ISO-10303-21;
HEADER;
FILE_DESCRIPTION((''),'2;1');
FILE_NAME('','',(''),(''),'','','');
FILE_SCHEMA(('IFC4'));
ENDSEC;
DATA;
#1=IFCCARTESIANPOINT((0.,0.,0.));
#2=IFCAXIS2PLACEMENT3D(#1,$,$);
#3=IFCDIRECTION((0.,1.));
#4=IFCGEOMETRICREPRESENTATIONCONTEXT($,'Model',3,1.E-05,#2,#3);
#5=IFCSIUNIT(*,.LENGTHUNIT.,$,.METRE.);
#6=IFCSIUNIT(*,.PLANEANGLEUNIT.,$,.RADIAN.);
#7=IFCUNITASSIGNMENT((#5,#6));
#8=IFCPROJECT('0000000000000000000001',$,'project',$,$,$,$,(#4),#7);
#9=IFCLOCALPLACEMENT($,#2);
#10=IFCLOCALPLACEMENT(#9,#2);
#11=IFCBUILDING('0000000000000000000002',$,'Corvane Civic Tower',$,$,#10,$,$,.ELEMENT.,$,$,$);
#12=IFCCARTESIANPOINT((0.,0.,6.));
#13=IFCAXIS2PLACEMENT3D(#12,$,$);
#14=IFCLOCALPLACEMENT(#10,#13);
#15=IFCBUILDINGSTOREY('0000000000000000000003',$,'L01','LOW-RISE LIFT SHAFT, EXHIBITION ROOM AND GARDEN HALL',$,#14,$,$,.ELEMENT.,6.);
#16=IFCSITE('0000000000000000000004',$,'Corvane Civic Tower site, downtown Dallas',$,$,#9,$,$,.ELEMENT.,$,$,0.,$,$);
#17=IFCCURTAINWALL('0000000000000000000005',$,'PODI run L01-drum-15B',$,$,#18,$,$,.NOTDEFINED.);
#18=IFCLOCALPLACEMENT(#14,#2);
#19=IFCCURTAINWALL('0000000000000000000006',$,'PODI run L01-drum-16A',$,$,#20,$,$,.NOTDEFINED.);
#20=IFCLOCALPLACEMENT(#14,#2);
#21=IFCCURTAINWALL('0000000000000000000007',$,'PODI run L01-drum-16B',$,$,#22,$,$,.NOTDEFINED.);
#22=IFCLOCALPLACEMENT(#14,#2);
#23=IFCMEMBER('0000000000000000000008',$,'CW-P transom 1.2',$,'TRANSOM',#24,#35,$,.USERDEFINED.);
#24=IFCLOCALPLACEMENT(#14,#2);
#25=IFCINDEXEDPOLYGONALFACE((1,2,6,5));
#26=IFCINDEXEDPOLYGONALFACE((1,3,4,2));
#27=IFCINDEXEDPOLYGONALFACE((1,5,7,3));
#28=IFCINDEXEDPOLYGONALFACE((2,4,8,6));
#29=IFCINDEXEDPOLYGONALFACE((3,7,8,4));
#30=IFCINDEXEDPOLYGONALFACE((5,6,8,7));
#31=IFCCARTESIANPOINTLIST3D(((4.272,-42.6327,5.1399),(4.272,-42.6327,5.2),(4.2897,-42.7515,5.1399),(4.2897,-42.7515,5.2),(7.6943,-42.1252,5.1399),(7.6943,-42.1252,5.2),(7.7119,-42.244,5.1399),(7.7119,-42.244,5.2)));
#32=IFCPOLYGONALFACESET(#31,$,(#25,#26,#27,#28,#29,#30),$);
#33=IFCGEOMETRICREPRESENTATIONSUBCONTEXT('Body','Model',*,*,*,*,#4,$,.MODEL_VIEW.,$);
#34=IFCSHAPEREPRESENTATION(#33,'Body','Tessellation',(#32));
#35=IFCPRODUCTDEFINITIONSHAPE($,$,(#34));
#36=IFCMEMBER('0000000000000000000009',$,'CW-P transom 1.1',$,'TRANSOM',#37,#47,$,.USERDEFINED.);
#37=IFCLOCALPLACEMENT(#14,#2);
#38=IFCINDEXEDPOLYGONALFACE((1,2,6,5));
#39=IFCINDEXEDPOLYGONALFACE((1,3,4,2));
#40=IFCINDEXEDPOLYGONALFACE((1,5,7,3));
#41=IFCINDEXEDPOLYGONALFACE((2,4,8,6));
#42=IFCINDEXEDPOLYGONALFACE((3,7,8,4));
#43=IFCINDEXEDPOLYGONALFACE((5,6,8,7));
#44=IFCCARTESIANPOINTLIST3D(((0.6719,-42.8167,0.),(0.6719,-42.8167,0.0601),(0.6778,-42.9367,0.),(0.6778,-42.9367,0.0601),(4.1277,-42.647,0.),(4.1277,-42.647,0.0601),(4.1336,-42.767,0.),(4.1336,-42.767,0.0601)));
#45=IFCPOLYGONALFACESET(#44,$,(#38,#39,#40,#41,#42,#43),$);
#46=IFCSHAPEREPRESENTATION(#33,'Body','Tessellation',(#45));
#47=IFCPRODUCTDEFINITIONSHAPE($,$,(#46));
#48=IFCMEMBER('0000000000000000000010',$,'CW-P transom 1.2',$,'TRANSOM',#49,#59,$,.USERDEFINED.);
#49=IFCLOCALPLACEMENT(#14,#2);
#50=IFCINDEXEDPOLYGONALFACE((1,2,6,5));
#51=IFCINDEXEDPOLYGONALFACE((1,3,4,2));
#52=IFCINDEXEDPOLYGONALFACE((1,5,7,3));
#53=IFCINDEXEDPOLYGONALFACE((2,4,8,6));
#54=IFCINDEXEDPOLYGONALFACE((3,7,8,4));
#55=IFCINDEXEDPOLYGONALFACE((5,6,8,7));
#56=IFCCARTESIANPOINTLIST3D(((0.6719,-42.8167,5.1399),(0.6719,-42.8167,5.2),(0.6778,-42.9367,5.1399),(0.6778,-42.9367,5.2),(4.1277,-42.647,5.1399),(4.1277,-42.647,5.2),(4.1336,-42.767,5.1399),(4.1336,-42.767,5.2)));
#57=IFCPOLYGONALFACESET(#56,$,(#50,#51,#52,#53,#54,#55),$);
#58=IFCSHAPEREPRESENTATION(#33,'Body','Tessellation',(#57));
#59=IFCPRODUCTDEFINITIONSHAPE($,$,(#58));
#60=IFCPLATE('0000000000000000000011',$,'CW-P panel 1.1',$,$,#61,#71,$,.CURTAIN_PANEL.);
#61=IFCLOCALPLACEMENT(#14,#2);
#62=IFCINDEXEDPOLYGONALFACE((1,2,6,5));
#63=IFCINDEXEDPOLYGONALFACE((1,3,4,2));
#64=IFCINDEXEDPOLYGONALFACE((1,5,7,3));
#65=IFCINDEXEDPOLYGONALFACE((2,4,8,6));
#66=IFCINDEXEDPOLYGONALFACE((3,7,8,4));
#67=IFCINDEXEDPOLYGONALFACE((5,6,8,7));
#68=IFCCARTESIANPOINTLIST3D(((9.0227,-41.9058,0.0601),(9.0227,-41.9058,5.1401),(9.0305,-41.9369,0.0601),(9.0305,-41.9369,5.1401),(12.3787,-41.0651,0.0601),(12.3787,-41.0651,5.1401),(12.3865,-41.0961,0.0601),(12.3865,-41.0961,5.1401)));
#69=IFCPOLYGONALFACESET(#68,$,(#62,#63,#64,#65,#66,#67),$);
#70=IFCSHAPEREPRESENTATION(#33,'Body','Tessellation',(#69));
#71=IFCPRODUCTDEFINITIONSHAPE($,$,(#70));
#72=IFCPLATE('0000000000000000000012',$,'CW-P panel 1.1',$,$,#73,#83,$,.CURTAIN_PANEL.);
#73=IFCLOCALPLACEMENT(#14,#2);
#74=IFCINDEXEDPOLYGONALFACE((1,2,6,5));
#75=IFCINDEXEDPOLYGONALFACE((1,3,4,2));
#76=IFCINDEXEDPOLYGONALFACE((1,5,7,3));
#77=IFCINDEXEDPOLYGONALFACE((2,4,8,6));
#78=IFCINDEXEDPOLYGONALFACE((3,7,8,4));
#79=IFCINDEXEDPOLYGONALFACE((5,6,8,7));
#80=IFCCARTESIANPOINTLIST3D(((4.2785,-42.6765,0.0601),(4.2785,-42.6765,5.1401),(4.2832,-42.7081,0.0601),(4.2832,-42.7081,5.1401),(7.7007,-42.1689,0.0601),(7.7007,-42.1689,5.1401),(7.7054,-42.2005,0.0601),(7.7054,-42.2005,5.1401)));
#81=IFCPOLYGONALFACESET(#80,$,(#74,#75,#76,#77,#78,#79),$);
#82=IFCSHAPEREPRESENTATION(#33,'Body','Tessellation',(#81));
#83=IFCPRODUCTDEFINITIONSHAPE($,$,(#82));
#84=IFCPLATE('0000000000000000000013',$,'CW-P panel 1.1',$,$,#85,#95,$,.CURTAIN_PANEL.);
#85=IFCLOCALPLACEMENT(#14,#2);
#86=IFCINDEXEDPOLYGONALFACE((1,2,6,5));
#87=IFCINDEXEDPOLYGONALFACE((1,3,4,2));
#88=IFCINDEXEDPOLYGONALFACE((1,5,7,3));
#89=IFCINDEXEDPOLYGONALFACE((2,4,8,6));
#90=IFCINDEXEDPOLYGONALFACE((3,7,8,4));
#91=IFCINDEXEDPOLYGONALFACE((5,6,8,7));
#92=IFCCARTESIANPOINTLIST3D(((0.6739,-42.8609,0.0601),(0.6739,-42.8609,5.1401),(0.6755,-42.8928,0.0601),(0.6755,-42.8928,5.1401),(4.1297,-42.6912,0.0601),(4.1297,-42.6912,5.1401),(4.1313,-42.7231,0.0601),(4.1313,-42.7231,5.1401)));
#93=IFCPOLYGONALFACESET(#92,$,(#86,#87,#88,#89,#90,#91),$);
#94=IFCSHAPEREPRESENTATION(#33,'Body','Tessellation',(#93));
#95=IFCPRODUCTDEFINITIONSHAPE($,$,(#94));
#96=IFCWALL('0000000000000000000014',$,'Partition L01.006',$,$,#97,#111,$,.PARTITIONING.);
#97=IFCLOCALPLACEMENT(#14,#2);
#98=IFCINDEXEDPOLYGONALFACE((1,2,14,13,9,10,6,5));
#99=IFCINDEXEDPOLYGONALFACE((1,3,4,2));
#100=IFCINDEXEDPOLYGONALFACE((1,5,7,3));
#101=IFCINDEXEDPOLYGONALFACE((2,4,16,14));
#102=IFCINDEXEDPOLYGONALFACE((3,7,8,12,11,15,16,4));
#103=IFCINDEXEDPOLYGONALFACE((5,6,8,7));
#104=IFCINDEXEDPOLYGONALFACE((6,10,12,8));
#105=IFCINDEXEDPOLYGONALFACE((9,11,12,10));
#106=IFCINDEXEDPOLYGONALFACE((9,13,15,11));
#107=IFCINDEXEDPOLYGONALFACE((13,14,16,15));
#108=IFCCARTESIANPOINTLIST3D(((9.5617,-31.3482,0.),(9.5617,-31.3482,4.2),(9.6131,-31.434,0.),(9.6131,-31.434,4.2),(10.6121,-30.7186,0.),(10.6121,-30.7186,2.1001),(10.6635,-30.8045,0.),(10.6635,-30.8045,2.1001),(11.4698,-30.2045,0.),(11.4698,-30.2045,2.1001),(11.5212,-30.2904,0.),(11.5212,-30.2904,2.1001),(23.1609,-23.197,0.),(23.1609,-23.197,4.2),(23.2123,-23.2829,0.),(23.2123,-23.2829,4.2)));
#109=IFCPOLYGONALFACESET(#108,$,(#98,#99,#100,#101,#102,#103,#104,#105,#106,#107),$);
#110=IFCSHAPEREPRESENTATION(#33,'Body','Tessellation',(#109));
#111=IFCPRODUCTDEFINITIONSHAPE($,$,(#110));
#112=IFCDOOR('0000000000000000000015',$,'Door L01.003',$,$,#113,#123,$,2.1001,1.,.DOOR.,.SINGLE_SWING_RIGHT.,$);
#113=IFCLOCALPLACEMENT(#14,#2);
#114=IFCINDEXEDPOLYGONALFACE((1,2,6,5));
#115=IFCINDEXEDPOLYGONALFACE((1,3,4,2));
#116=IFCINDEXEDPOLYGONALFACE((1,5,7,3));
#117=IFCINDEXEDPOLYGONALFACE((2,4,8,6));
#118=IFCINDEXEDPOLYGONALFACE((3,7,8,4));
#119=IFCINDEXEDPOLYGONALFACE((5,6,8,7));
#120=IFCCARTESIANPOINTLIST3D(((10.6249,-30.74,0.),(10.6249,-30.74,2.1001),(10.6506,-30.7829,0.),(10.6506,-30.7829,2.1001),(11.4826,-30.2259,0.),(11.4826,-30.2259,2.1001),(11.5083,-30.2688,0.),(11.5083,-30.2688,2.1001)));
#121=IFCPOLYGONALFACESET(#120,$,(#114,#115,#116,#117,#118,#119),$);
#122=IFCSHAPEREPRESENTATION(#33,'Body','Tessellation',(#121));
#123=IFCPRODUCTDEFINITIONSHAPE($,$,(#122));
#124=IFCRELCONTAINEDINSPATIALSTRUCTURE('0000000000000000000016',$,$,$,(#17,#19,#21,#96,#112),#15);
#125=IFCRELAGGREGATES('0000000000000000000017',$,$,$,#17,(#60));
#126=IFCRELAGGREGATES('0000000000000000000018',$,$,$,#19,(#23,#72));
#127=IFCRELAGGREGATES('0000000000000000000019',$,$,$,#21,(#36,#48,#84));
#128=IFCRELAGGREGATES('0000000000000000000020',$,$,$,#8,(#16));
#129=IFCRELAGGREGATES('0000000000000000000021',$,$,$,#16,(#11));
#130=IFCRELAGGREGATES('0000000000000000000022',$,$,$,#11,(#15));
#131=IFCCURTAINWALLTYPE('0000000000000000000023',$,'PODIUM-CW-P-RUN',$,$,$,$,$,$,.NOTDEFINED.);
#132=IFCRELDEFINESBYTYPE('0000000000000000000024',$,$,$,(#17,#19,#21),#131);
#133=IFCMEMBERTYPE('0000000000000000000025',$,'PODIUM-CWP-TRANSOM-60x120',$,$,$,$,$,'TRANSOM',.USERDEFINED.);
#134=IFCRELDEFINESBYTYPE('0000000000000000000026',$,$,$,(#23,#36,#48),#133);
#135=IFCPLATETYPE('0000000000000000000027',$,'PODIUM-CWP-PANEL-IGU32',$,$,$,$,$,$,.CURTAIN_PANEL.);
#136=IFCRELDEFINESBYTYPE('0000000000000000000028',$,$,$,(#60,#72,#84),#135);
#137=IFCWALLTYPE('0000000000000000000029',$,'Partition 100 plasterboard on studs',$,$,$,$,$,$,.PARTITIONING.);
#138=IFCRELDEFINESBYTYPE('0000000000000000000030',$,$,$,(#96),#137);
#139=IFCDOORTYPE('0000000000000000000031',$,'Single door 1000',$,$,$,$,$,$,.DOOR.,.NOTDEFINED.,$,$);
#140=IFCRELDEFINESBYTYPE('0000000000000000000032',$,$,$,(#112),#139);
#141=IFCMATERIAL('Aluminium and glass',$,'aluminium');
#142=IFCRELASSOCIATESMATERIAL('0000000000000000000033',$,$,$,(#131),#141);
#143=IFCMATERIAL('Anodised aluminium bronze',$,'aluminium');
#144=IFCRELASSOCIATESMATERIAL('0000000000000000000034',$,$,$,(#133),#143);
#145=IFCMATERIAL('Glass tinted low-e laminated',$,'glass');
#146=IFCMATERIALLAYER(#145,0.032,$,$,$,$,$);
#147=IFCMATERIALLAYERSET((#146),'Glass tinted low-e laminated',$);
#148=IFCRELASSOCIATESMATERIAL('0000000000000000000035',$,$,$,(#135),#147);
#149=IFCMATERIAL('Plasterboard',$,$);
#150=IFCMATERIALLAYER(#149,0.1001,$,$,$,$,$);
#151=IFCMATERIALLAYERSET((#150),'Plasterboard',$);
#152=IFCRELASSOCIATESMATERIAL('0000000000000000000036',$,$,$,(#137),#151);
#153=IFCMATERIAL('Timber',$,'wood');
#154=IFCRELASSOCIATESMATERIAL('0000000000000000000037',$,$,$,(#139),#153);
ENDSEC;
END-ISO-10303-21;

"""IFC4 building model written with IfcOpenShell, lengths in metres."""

from ifc_helpers import new_model, si_unit, direction, frame, frame_2d, origin, origin_2d, place, context, subcontext, project, spatial, rectangle, extrude, material, layer, layer_set, material_profile, profile_set, type_object, element, fill, aggregate, save


model = new_model("IFC4")

# Units and contexts
model_context = context("Model", 3, precision=1e-05, world=origin(), true_north=direction((0.0, 1.0)))
body_context = subcontext(model_context, "Body", "Model", "MODEL_VIEW")
ifc_project = project(units=[si_unit("LENGTHUNIT", "METRE"), si_unit("PLANEANGLEUNIT", "RADIAN")], contexts=[model_context])

# Site, building, storey
site_placement = place(None, origin())
site = spatial("IfcSite", under=ifc_project, at=site_placement, Name="Corvane Civic Tower site, downtown Dallas", CompositionType="ELEMENT", RefElevation=0.0)
building_placement = place(site_placement, origin())
building = spatial("IfcBuilding", under=site, at=building_placement, Name="Corvane Civic Tower", CompositionType="ELEMENT")
storey_placement = place(building_placement, frame((0.0, 0.0, 6.0)))
storey = spatial("IfcBuildingStorey", under=building, at=storey_placement, Name="L01", Description="LOW-RISE LIFT SHAFT, EXHIBITION ROOM AND GARDEN HALL", CompositionType="ELEMENT", Elevation=6.0)

# Curtain wall
ifc_material_1 = material(Name="Aluminium and glass", Category="aluminium")
curtain_wall_type = type_object("IfcCurtainWallType", Name="PODIUM-CW-P-RUN", PredefinedType="NOTDEFINED", material=ifc_material_1)
curtain_wall_1_placement = place(storey_placement, origin())
curtain_wall_1 = element("IfcCurtainWall", 1, at=curtain_wall_1_placement, inside=storey, type_object=curtain_wall_type, Name="PODI run L01-drum-15B", PredefinedType="NOTDEFINED")

# Curtain walls
curtain_wall_2_placement = place(storey_placement, origin())
curtain_wall_2 = element("IfcCurtainWall", 2, at=curtain_wall_2_placement, inside=storey, type_object=curtain_wall_type, Name="PODI run L01-drum-16A", PredefinedType="NOTDEFINED")
curtain_wall_3_placement = place(storey_placement, origin())
curtain_wall_3 = element("IfcCurtainWall", 3, at=curtain_wall_3_placement, inside=storey, type_object=curtain_wall_type, Name="PODI run L01-drum-16B", PredefinedType="NOTDEFINED")

# Members
ifc_material_2 = material(Name="Anodised aluminium bronze", Category="aluminium")
ifc_material_profile_1 = material_profile(ifc_material_2, rectangle(XDim=0.1201, YDim=0.0601, at=origin_2d()), Name="AL 120x60")
ifc_profile_set_1 = profile_set([ifc_material_profile_1], Name="Anodised aluminium bronze")
member_type_1 = type_object("IfcMemberType", Name="PODIUM-CWP-TRANSOM-60x120", ElementType="TRANSOM", PredefinedType="USERDEFINED", material=ifc_profile_set_1)
member_1_placement = place(storey_placement, frame((7.7031, -42.1846, 5.1699), z_axis=(-0.98918, -0.146705, 0.0), x_axis=(0.146705, -0.98918, 0.0)))
member_1 = element("IfcMember", 4, at=member_1_placement, type_object=member_type_1, Name="CW-P transom 1.2", ObjectType="TRANSOM", PredefinedType="USERDEFINED", context=body_context, shape_type="SweptSolid", body=[
    extrude(rectangle(XDim=0.1201, YDim=0.0601, at=origin_2d()), origin(), (0.0, 0.0, 1.0), 3.4597),
])
member_2_placement = place(storey_placement, frame((4.1306, -42.707, 0.03), z_axis=(-0.998797, -0.04904, 0.0), x_axis=(0.04904, -0.998797, 0.0)))
member_2 = element("IfcMember", 5, at=member_2_placement, type_object=member_type_1, Name="CW-P transom 1.1", ObjectType="TRANSOM", PredefinedType="USERDEFINED", context=body_context, shape_type="SweptSolid", body=[
    extrude(rectangle(XDim=0.1201, YDim=0.0601, at=origin_2d()), origin(), (0.0, 0.0, 1.0), 3.46),
])
member_3_placement = place(storey_placement, frame((4.1306, -42.707, 5.1699), z_axis=(-0.998797, -0.04904, 0.0), x_axis=(0.04904, -0.998797, 0.0)))
member_3 = element("IfcMember", 6, at=member_3_placement, type_object=member_type_1, Name="CW-P transom 1.2", ObjectType="TRANSOM", PredefinedType="USERDEFINED", context=body_context, shape_type="SweptSolid", body=[
    extrude(rectangle(XDim=0.1201, YDim=0.0601, at=origin_2d()), origin(), (0.0, 0.0, 1.0), 3.46),
])

# Plates
ifc_material_3 = material(Name="Glass tinted low-e laminated", Category="glass")
ifc_layer_1 = layer(ifc_material_3, 0.032)
ifc_layer_set_1 = layer_set([ifc_layer_1], Name="Glass tinted low-e laminated")
plate_type = type_object("IfcPlateType", Name="PODIUM-CWP-PANEL-IGU32", PredefinedType="CURTAIN_PANEL", material=ifc_layer_set_1)
plate_1_placement = place(storey_placement, frame((10.7046, -41.501, 0.0601), z_axis=(0.0, 0.0, 1.0), x_axis=(-0.970024, -0.243009, 0.0)))
plate_1 = element("IfcPlate", 7, at=plate_1_placement, type_object=plate_type, Name="CW-P panel 1.1", PredefinedType="CURTAIN_PANEL", context=body_context, shape_type="SweptSolid", body=[
    extrude(rectangle(XDim=3.4597, YDim=0.032, at=origin_2d()), origin(), (0.0, 0.0, 1.0), 5.0801),
])
aggregate(curtain_wall_1, [plate_1])
plate_2_placement = place(storey_placement, frame((5.9919, -42.4385, 0.0601), z_axis=(0.0, 0.0, 1.0), x_axis=(-0.989179, -0.146715, 0.0)))
plate_2 = element("IfcPlate", 8, at=plate_2_placement, type_object=plate_type, Name="CW-P panel 1.1", PredefinedType="CURTAIN_PANEL", context=body_context, shape_type="SweptSolid", body=[
    extrude(rectangle(XDim=3.4597, YDim=0.032, at=origin_2d()), origin(), (0.0, 0.0, 1.0), 5.0801),
])
aggregate(curtain_wall_2, [member_1, plate_2])
plate_3_placement = place(storey_placement, frame((2.4026, -42.792, 0.0601), z_axis=(0.0, 0.0, 1.0), x_axis=(-0.998796, -0.04905, 0.0)))
plate_3 = element("IfcPlate", 9, at=plate_3_placement, type_object=plate_type, Name="CW-P panel 1.1", PredefinedType="CURTAIN_PANEL", context=body_context, shape_type="SweptSolid", body=[
    extrude(rectangle(XDim=3.46, YDim=0.032, at=origin_2d()), origin(), (0.0, 0.0, 1.0), 5.0801),
])
aggregate(curtain_wall_3, [member_2, member_3, plate_3])

# Wall, opening, door
ifc_material_4 = material(Name="Plasterboard")
ifc_layer_2 = layer(ifc_material_4, 0.1001)
ifc_layer_set_2 = layer_set([ifc_layer_2], Name="Plasterboard")
wall_type = type_object("IfcWallType", Name="Partition 100 plasterboard on studs", PredefinedType="PARTITIONING", material=ifc_layer_set_2)
wall_placement = place(storey_placement, frame((9.5874, -31.3911, 0.0), z_axis=(0.0, 0.0, 1.0), x_axis=(0.857725, 0.514108, 0.0)))
wall = element("IfcWall", 10, at=wall_placement, inside=storey, type_object=wall_type, Name="Partition L01.006", PredefinedType="PARTITIONING", context=body_context, shape_type="SweptSolid", body=[
    extrude(rectangle(XDim=15.855, YDim=0.1001, at=frame_2d((7.9275, 0.0))), origin(), (0.0, 0.0, 1.0), 4.2),
])
opening_placement = place(wall_placement, frame((1.2246, 0.0, 0.0)))
opening = element("IfcOpeningElement", 11, at=opening_placement, cuts=wall, PredefinedType="OPENING", context=body_context, shape_type="SweptSolid", body=[
    extrude(rectangle(XDim=1.0, YDim=2.1001, at=frame_2d((0.5, 1.05))), frame((0.0, 0.0601, 0.0), z_axis=(0.0, -1.0, 0.0), x_axis=(1.0, 0.0, 0.0)), (0.0, 0.0, 1.0), 0.1201),
])
ifc_material_5 = material(Name="Timber", Category="wood")
door_type = type_object("IfcDoorType", Name="Single door 1000", OperationType="NOTDEFINED", PredefinedType="DOOR", material=ifc_material_5)
door_placement = place(opening_placement, frame((1.0, 0.0, 0.0), z_axis=(0.0, 0.0, 1.0), x_axis=(-1.0, 0.0, 0.0)))
door = element("IfcDoor", 12, at=door_placement, inside=storey, type_object=door_type, Name="Door L01.003", OperationType="SINGLE_SWING_RIGHT", OverallHeight=2.1001, OverallWidth=1.0, PredefinedType="DOOR", context=body_context, shape_type="SweptSolid", body=[
    extrude(rectangle(XDim=1.0, YDim=2.1001, at=frame_2d((0.5, 1.05))), frame((0.0, 0.0249, 0.0), z_axis=(0.0, -1.0, 0.0), x_axis=(1.0, 0.0, 0.0)), (0.0, 0.0, 1.0), 0.05),
])
fill(opening, door)

save(model, "model.ifc")
